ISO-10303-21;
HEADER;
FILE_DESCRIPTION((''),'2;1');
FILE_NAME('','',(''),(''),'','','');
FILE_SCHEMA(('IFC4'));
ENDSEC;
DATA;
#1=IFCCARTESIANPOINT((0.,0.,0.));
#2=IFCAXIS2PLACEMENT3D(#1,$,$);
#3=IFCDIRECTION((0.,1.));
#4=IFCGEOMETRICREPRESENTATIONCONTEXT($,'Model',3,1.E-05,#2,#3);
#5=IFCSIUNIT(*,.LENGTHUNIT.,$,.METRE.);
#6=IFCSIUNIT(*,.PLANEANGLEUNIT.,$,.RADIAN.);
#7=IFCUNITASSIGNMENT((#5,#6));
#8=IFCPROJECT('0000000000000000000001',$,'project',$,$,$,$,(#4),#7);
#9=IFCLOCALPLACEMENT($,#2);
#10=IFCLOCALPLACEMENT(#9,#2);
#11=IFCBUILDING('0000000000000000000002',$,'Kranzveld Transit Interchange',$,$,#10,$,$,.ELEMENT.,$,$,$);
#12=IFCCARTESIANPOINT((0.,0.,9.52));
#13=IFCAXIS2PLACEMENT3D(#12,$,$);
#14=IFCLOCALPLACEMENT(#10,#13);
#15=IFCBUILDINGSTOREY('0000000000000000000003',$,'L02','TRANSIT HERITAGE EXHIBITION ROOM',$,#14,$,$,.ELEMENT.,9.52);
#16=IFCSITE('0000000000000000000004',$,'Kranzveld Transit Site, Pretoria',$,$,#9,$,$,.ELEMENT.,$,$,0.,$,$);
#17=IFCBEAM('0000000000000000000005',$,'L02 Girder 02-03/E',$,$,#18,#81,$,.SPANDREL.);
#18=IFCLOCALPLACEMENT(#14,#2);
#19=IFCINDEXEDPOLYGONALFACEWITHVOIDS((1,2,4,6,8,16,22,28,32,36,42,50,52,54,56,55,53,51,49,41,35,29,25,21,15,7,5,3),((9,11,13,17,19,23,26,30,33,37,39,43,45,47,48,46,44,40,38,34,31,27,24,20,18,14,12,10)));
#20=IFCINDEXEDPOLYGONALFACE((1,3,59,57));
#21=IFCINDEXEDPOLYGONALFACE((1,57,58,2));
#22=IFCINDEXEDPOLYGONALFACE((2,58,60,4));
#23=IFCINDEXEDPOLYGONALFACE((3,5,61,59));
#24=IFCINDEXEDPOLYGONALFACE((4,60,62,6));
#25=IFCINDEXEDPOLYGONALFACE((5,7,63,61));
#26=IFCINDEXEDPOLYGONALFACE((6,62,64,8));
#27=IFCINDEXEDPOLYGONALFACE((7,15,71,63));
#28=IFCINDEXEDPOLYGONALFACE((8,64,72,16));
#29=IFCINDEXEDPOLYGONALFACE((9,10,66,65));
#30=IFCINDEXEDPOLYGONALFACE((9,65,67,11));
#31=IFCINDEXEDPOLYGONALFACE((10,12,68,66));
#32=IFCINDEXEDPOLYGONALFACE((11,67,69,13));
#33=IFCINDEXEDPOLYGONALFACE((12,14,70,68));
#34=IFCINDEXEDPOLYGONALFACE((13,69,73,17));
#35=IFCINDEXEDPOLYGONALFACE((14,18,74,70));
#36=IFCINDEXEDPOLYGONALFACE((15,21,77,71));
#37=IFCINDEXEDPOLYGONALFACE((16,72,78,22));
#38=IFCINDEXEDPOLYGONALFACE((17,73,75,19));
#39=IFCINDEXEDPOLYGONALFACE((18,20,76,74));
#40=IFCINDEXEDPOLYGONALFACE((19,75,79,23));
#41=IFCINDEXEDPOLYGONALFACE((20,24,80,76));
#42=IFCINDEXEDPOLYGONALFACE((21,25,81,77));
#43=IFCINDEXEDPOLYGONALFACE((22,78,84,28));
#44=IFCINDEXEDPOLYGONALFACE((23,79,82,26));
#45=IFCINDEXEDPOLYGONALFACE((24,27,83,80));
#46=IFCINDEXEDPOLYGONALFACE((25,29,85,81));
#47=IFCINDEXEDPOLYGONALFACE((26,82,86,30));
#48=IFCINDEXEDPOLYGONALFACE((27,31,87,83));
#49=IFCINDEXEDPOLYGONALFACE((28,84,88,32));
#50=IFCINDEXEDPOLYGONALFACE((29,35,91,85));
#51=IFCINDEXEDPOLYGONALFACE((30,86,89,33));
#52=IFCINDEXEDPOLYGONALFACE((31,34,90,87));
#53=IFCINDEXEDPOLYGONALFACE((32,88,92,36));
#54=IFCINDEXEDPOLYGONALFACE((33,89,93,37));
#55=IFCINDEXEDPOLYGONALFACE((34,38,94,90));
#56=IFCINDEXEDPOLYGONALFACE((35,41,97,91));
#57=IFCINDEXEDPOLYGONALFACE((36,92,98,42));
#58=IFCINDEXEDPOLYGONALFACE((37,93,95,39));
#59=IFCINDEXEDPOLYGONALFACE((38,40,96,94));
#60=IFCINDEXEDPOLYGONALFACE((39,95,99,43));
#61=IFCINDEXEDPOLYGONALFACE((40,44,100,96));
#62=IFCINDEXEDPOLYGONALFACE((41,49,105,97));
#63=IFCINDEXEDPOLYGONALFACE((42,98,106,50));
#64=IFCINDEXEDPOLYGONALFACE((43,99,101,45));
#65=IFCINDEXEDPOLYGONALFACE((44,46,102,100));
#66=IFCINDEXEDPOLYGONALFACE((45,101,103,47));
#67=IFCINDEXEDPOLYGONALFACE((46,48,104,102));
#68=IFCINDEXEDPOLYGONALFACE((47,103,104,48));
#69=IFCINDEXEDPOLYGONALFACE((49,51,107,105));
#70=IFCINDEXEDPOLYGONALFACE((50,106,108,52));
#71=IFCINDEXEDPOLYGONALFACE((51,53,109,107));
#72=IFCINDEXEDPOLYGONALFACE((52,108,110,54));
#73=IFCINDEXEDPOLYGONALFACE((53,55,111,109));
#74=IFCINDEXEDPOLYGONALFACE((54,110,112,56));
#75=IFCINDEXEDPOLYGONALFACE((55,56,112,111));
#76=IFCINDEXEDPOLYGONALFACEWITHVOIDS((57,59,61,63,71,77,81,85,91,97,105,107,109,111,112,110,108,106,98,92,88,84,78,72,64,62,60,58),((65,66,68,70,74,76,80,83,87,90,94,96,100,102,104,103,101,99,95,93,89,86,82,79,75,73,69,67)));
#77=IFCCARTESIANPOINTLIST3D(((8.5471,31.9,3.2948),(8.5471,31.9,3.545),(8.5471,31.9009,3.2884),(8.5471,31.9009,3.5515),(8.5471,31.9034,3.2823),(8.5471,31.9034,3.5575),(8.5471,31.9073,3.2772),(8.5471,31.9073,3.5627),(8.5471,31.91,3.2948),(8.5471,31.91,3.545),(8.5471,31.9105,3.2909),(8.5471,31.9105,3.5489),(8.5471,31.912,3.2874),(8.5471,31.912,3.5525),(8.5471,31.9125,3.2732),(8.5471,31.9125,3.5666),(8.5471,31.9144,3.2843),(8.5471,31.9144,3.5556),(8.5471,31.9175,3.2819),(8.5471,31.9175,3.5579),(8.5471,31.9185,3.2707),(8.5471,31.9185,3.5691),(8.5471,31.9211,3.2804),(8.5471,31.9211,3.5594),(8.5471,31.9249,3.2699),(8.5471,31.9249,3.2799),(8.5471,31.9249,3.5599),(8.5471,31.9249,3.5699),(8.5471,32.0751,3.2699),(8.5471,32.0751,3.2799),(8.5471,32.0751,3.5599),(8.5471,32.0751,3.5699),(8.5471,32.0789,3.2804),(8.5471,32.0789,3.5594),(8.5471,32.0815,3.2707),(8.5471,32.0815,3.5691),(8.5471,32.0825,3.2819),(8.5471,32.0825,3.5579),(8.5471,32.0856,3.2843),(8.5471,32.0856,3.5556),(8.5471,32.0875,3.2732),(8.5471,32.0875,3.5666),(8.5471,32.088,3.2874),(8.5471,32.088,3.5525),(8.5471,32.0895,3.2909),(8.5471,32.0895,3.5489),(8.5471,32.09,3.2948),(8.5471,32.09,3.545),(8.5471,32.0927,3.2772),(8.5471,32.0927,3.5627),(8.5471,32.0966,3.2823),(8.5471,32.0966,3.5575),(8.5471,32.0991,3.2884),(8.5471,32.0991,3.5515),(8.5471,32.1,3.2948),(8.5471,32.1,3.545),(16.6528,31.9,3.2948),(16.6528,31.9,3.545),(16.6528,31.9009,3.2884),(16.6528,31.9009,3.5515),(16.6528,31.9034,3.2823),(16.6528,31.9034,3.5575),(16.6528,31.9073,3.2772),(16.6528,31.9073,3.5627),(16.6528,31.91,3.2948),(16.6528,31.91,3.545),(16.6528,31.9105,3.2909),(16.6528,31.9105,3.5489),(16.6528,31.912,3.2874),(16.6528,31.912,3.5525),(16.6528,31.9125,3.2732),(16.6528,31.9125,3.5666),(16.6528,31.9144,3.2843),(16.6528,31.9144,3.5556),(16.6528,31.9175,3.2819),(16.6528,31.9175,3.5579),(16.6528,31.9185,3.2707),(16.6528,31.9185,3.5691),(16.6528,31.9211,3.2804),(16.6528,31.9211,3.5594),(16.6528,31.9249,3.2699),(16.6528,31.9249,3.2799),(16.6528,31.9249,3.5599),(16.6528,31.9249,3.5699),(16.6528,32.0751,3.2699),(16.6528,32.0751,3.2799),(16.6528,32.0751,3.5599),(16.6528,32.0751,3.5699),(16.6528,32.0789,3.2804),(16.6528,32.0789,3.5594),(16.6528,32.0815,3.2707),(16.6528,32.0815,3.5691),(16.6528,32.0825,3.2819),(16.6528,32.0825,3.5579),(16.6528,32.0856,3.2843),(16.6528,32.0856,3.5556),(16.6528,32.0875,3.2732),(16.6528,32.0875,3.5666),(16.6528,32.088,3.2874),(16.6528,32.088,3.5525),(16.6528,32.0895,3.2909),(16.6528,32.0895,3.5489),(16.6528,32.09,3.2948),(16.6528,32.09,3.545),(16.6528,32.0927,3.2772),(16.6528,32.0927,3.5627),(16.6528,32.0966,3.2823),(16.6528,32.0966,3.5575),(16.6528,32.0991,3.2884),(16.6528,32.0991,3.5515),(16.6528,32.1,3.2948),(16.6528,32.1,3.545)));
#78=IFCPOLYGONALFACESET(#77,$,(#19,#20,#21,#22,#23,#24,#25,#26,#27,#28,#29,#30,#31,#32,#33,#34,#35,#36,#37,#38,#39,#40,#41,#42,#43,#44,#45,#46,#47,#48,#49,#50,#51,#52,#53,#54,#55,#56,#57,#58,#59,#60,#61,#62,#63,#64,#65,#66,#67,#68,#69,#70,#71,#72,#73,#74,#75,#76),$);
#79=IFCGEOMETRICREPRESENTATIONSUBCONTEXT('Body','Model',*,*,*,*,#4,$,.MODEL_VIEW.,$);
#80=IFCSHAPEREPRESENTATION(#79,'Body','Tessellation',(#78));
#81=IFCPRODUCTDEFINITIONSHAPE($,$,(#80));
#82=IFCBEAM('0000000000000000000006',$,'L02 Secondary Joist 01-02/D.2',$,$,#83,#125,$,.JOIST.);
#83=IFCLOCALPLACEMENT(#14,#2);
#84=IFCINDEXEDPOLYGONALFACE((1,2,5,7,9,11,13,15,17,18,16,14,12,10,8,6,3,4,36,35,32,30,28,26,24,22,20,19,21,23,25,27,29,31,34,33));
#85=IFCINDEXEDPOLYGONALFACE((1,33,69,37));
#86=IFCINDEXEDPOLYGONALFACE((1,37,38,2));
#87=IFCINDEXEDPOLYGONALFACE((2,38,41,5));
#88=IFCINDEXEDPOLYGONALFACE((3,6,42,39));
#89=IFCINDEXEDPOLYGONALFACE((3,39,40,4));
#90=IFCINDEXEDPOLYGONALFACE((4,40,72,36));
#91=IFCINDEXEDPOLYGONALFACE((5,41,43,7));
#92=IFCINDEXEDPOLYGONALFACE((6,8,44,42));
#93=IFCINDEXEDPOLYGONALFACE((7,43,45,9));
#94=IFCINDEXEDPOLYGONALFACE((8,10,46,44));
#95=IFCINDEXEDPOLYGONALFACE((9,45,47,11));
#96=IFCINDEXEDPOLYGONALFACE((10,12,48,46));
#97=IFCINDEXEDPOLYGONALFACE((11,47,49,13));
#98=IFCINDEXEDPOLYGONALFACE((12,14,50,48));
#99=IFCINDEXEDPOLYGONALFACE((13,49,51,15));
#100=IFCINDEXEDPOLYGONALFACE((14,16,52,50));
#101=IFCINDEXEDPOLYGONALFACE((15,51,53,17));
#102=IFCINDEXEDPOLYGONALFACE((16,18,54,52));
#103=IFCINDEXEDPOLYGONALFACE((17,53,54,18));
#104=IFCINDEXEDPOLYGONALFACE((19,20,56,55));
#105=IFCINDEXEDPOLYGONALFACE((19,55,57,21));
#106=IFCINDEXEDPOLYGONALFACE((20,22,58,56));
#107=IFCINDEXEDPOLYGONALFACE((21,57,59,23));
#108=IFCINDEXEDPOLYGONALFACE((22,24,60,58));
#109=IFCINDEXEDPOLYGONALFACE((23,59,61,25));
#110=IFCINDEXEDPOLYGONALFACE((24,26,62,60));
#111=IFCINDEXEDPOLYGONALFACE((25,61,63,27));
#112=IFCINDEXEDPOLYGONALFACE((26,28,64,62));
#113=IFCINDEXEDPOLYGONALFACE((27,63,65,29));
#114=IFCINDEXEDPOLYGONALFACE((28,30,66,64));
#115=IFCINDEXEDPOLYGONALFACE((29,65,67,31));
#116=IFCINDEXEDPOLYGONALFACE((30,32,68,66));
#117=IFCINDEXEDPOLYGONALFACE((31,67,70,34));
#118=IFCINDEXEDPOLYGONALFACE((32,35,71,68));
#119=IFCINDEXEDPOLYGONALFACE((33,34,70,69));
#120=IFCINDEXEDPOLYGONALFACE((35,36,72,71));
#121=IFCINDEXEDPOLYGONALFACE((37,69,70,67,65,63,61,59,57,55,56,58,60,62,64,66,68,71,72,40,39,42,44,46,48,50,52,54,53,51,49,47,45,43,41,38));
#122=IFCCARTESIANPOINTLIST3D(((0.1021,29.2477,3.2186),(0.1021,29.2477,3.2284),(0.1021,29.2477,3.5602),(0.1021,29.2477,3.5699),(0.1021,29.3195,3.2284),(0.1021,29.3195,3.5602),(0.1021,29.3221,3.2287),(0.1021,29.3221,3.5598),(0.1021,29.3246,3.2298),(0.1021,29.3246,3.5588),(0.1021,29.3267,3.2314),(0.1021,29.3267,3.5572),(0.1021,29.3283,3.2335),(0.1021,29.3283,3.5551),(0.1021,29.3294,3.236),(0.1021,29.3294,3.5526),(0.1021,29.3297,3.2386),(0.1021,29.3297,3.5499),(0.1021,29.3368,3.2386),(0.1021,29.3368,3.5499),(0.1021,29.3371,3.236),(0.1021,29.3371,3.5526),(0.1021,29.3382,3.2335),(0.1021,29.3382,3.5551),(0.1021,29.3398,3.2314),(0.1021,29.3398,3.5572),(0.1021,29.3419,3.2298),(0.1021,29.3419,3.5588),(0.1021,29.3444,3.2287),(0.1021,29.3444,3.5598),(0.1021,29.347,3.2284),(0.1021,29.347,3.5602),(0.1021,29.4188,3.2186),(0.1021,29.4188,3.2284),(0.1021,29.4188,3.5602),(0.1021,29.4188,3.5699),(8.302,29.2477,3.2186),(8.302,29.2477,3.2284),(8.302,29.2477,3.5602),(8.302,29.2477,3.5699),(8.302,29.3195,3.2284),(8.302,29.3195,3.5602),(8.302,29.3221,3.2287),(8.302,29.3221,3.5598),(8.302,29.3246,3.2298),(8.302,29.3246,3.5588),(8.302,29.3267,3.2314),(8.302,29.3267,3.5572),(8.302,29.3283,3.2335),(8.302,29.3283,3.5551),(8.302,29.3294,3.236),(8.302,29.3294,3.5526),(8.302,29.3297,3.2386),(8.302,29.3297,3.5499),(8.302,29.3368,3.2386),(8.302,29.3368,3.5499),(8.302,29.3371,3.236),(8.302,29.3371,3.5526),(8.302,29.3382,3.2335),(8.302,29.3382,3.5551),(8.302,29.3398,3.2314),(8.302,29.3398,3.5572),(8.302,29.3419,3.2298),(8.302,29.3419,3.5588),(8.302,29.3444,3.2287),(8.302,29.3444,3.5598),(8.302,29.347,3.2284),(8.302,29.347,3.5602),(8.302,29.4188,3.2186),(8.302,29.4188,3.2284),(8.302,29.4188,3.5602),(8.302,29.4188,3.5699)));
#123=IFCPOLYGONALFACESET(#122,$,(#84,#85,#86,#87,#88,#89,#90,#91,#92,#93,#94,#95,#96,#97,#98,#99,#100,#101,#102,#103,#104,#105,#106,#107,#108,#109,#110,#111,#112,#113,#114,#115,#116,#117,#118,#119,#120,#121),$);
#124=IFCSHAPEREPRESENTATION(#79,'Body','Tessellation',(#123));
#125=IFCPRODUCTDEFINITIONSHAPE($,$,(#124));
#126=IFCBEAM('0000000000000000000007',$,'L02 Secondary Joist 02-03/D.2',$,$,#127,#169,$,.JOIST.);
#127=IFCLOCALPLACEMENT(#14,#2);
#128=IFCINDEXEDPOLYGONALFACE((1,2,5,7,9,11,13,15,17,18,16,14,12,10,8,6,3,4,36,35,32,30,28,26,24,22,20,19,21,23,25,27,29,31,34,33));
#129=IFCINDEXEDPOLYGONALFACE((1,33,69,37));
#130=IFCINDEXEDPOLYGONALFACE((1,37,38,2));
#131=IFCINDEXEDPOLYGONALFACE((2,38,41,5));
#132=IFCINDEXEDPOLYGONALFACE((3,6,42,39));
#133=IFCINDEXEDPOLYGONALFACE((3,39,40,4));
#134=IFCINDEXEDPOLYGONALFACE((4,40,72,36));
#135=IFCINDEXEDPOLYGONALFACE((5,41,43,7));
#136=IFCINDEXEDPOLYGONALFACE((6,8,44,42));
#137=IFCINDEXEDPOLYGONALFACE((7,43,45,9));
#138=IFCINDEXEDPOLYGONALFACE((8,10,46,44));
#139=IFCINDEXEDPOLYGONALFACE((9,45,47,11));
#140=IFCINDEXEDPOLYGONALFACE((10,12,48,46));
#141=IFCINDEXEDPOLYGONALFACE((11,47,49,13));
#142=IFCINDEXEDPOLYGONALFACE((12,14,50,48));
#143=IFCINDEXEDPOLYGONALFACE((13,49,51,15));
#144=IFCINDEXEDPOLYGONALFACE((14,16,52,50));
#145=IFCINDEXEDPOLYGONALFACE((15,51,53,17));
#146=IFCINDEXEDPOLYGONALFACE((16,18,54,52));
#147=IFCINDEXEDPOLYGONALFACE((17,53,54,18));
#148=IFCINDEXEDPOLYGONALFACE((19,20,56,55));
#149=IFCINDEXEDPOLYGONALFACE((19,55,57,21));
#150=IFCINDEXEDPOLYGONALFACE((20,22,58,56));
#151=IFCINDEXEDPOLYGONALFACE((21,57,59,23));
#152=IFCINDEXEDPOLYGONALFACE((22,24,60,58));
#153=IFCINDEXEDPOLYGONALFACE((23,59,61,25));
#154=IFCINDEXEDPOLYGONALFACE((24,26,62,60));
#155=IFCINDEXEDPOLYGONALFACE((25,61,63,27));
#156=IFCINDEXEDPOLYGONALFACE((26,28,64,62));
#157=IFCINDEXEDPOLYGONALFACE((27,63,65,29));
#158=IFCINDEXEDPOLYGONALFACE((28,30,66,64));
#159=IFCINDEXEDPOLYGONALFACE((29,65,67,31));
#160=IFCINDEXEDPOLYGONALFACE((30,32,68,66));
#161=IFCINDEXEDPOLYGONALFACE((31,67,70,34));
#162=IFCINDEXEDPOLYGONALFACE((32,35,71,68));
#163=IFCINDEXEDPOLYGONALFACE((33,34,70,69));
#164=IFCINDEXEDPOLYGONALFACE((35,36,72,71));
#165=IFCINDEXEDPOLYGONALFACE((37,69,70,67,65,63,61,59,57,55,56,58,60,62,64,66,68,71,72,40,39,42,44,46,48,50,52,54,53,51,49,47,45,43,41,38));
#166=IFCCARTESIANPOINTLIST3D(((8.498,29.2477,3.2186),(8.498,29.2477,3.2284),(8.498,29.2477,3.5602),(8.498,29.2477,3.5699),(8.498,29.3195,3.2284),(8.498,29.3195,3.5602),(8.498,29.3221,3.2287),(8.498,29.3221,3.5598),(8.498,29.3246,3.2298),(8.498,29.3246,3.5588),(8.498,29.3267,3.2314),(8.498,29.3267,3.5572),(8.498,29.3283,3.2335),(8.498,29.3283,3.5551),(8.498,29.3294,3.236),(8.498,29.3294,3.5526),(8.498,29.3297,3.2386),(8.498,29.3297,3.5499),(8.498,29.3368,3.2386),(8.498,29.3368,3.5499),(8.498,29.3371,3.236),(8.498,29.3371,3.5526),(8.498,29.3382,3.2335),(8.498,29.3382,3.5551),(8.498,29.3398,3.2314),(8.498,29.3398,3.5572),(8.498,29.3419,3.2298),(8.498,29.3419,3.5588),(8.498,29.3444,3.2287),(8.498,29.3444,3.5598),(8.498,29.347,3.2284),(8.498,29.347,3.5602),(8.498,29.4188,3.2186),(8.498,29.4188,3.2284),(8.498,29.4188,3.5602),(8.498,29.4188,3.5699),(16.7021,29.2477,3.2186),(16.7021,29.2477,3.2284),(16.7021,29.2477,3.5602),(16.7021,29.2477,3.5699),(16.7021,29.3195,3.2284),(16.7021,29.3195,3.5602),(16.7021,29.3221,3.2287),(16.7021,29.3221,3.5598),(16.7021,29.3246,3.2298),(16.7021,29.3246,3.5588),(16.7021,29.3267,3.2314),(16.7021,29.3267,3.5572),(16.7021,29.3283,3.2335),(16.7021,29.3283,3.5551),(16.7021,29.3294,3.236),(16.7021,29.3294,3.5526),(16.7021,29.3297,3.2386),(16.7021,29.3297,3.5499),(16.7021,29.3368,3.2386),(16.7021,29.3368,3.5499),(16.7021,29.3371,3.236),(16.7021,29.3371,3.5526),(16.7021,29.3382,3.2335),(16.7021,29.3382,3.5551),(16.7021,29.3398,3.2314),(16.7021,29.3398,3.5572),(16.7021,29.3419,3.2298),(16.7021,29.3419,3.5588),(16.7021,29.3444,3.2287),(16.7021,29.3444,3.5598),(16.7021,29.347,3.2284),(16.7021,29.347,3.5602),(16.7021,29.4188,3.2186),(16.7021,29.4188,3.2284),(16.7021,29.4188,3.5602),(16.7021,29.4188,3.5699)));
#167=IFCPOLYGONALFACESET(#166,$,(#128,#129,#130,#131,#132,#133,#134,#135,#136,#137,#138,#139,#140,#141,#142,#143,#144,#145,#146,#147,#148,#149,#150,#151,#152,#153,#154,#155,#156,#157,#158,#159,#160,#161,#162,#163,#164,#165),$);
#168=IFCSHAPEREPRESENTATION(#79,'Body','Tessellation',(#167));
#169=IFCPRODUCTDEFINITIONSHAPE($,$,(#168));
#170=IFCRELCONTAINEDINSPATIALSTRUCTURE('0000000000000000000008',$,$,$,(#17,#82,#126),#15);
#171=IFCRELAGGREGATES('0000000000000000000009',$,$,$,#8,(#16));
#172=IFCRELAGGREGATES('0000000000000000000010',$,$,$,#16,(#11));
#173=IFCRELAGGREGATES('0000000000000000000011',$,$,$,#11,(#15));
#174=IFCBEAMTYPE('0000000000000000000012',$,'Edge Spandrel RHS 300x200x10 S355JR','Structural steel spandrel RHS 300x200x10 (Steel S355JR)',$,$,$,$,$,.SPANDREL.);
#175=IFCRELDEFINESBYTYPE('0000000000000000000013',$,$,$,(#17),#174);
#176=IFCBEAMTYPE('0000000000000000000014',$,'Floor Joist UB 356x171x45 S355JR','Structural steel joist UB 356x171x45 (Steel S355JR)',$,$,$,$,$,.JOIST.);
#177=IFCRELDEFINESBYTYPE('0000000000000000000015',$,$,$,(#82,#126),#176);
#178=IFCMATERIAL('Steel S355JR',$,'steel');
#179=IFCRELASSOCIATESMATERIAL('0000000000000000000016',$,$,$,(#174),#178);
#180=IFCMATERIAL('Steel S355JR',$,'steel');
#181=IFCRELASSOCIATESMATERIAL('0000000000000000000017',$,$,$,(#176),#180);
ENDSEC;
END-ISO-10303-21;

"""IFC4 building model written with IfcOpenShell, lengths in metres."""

from ifc_helpers import new_model, si_unit, direction, frame, origin, origin_2d, place, context, subcontext, project, spatial, hollow_rectangle, i_section, extrude, material, material_profile, profile_set, type_object, element, save


model = new_model("IFC4")

# Units and contexts
model_context = context("Model", 3, precision=1e-05, world=origin(), true_north=direction((0.0, 1.0)))
body_context = subcontext(model_context, "Body", "Model", "MODEL_VIEW")
ifc_project = project(units=[si_unit("LENGTHUNIT", "METRE"), si_unit("PLANEANGLEUNIT", "RADIAN")], contexts=[model_context])

# Site, building, storey
site_placement = place(None, origin())
site = spatial("IfcSite", under=ifc_project, at=site_placement, Name="Kranzveld Transit Site, Pretoria", CompositionType="ELEMENT", RefElevation=0.0)
building_placement = place(site_placement, origin())
building = spatial("IfcBuilding", under=site, at=building_placement, Name="Kranzveld Transit Interchange", CompositionType="ELEMENT")
storey_placement = place(building_placement, frame((0.0, 0.0, 9.52)))
storey = spatial("IfcBuildingStorey", under=building, at=storey_placement, Name="L02", Description="TRANSIT HERITAGE EXHIBITION ROOM", CompositionType="ELEMENT", Elevation=9.52)

# Beams
ifc_material_1 = material(Name="Steel S355JR", Category="steel")
ifc_material_profile_1 = material_profile(ifc_material_1, hollow_rectangle(XDim=0.2, YDim=0.3, WallThickness=0.01, InnerFilletRadius=0.0149, OuterFilletRadius=0.0249, at=origin_2d()), Name="RHS 300x200x10")
ifc_profile_set_1 = profile_set([ifc_material_profile_1], Name="Steel S355JR")
beam_type_1 = type_object("IfcBeamType", Name="Edge Spandrel RHS 300x200x10 S355JR", Description="Structural steel spandrel RHS 300x200x10 (Steel S355JR)", PredefinedType="SPANDREL", material=ifc_profile_set_1)
beam_1_placement = place(storey_placement, frame((8.5471, 32.0, 3.4199), z_axis=(1.0, 0.0, 0.0), x_axis=(0.0, 1.0, 0.0)))
element("IfcBeam", 1, at=beam_1_placement, inside=storey, type_object=beam_type_1, Name="L02 Girder 02-03/E", PredefinedType="SPANDREL", context=body_context, shape_type="SweptSolid", body=[
    extrude(hollow_rectangle(XDim=0.2, YDim=0.3, WallThickness=0.01, InnerFilletRadius=0.0149, OuterFilletRadius=0.0249, at=origin_2d()), origin(), (0.0, 0.0, 1.0), 8.1057),
])
ifc_material_2 = material(Name="Steel S355JR", Category="steel")
ifc_material_profile_2 = material_profile(ifc_material_2, i_section(OverallWidth=0.1711, OverallDepth=0.3513, WebThickness=0.0071, FlangeThickness=0.0098, FilletRadius=0.0103, at=origin_2d()), Name="UB 356x171x45")
ifc_profile_set_2 = profile_set([ifc_material_profile_2], Name="Steel S355JR")
beam_type_2 = type_object("IfcBeamType", Name="Floor Joist UB 356x171x45 S355JR", Description="Structural steel joist UB 356x171x45 (Steel S355JR)", PredefinedType="JOIST", material=ifc_profile_set_2)
beam_2_placement = place(storey_placement, frame((0.1021, 29.3333, 3.3943), z_axis=(1.0, 0.0, 0.0), x_axis=(0.0, 1.0, 0.0)))
element("IfcBeam", 2, at=beam_2_placement, inside=storey, type_object=beam_type_2, Name="L02 Secondary Joist 01-02/D.2", PredefinedType="JOIST", context=body_context, shape_type="SweptSolid", body=[
    extrude(i_section(OverallWidth=0.1711, OverallDepth=0.3513, WebThickness=0.0071, FlangeThickness=0.0098, FilletRadius=0.0103, at=origin_2d()), origin(), (0.0, 0.0, 1.0), 8.2),
])
beam_3_placement = place(storey_placement, frame((8.498, 29.3333, 3.3943), z_axis=(1.0, 0.0, 0.0), x_axis=(0.0, 1.0, 0.0)))
element("IfcBeam", 3, at=beam_3_placement, inside=storey, type_object=beam_type_2, Name="L02 Secondary Joist 02-03/D.2", PredefinedType="JOIST", context=body_context, shape_type="SweptSolid", body=[
    extrude(i_section(OverallWidth=0.1711, OverallDepth=0.3513, WebThickness=0.0071, FlangeThickness=0.0098, FilletRadius=0.0103, at=origin_2d()), origin(), (0.0, 0.0, 1.0), 8.2041),
])

save(model, "model.ifc")
